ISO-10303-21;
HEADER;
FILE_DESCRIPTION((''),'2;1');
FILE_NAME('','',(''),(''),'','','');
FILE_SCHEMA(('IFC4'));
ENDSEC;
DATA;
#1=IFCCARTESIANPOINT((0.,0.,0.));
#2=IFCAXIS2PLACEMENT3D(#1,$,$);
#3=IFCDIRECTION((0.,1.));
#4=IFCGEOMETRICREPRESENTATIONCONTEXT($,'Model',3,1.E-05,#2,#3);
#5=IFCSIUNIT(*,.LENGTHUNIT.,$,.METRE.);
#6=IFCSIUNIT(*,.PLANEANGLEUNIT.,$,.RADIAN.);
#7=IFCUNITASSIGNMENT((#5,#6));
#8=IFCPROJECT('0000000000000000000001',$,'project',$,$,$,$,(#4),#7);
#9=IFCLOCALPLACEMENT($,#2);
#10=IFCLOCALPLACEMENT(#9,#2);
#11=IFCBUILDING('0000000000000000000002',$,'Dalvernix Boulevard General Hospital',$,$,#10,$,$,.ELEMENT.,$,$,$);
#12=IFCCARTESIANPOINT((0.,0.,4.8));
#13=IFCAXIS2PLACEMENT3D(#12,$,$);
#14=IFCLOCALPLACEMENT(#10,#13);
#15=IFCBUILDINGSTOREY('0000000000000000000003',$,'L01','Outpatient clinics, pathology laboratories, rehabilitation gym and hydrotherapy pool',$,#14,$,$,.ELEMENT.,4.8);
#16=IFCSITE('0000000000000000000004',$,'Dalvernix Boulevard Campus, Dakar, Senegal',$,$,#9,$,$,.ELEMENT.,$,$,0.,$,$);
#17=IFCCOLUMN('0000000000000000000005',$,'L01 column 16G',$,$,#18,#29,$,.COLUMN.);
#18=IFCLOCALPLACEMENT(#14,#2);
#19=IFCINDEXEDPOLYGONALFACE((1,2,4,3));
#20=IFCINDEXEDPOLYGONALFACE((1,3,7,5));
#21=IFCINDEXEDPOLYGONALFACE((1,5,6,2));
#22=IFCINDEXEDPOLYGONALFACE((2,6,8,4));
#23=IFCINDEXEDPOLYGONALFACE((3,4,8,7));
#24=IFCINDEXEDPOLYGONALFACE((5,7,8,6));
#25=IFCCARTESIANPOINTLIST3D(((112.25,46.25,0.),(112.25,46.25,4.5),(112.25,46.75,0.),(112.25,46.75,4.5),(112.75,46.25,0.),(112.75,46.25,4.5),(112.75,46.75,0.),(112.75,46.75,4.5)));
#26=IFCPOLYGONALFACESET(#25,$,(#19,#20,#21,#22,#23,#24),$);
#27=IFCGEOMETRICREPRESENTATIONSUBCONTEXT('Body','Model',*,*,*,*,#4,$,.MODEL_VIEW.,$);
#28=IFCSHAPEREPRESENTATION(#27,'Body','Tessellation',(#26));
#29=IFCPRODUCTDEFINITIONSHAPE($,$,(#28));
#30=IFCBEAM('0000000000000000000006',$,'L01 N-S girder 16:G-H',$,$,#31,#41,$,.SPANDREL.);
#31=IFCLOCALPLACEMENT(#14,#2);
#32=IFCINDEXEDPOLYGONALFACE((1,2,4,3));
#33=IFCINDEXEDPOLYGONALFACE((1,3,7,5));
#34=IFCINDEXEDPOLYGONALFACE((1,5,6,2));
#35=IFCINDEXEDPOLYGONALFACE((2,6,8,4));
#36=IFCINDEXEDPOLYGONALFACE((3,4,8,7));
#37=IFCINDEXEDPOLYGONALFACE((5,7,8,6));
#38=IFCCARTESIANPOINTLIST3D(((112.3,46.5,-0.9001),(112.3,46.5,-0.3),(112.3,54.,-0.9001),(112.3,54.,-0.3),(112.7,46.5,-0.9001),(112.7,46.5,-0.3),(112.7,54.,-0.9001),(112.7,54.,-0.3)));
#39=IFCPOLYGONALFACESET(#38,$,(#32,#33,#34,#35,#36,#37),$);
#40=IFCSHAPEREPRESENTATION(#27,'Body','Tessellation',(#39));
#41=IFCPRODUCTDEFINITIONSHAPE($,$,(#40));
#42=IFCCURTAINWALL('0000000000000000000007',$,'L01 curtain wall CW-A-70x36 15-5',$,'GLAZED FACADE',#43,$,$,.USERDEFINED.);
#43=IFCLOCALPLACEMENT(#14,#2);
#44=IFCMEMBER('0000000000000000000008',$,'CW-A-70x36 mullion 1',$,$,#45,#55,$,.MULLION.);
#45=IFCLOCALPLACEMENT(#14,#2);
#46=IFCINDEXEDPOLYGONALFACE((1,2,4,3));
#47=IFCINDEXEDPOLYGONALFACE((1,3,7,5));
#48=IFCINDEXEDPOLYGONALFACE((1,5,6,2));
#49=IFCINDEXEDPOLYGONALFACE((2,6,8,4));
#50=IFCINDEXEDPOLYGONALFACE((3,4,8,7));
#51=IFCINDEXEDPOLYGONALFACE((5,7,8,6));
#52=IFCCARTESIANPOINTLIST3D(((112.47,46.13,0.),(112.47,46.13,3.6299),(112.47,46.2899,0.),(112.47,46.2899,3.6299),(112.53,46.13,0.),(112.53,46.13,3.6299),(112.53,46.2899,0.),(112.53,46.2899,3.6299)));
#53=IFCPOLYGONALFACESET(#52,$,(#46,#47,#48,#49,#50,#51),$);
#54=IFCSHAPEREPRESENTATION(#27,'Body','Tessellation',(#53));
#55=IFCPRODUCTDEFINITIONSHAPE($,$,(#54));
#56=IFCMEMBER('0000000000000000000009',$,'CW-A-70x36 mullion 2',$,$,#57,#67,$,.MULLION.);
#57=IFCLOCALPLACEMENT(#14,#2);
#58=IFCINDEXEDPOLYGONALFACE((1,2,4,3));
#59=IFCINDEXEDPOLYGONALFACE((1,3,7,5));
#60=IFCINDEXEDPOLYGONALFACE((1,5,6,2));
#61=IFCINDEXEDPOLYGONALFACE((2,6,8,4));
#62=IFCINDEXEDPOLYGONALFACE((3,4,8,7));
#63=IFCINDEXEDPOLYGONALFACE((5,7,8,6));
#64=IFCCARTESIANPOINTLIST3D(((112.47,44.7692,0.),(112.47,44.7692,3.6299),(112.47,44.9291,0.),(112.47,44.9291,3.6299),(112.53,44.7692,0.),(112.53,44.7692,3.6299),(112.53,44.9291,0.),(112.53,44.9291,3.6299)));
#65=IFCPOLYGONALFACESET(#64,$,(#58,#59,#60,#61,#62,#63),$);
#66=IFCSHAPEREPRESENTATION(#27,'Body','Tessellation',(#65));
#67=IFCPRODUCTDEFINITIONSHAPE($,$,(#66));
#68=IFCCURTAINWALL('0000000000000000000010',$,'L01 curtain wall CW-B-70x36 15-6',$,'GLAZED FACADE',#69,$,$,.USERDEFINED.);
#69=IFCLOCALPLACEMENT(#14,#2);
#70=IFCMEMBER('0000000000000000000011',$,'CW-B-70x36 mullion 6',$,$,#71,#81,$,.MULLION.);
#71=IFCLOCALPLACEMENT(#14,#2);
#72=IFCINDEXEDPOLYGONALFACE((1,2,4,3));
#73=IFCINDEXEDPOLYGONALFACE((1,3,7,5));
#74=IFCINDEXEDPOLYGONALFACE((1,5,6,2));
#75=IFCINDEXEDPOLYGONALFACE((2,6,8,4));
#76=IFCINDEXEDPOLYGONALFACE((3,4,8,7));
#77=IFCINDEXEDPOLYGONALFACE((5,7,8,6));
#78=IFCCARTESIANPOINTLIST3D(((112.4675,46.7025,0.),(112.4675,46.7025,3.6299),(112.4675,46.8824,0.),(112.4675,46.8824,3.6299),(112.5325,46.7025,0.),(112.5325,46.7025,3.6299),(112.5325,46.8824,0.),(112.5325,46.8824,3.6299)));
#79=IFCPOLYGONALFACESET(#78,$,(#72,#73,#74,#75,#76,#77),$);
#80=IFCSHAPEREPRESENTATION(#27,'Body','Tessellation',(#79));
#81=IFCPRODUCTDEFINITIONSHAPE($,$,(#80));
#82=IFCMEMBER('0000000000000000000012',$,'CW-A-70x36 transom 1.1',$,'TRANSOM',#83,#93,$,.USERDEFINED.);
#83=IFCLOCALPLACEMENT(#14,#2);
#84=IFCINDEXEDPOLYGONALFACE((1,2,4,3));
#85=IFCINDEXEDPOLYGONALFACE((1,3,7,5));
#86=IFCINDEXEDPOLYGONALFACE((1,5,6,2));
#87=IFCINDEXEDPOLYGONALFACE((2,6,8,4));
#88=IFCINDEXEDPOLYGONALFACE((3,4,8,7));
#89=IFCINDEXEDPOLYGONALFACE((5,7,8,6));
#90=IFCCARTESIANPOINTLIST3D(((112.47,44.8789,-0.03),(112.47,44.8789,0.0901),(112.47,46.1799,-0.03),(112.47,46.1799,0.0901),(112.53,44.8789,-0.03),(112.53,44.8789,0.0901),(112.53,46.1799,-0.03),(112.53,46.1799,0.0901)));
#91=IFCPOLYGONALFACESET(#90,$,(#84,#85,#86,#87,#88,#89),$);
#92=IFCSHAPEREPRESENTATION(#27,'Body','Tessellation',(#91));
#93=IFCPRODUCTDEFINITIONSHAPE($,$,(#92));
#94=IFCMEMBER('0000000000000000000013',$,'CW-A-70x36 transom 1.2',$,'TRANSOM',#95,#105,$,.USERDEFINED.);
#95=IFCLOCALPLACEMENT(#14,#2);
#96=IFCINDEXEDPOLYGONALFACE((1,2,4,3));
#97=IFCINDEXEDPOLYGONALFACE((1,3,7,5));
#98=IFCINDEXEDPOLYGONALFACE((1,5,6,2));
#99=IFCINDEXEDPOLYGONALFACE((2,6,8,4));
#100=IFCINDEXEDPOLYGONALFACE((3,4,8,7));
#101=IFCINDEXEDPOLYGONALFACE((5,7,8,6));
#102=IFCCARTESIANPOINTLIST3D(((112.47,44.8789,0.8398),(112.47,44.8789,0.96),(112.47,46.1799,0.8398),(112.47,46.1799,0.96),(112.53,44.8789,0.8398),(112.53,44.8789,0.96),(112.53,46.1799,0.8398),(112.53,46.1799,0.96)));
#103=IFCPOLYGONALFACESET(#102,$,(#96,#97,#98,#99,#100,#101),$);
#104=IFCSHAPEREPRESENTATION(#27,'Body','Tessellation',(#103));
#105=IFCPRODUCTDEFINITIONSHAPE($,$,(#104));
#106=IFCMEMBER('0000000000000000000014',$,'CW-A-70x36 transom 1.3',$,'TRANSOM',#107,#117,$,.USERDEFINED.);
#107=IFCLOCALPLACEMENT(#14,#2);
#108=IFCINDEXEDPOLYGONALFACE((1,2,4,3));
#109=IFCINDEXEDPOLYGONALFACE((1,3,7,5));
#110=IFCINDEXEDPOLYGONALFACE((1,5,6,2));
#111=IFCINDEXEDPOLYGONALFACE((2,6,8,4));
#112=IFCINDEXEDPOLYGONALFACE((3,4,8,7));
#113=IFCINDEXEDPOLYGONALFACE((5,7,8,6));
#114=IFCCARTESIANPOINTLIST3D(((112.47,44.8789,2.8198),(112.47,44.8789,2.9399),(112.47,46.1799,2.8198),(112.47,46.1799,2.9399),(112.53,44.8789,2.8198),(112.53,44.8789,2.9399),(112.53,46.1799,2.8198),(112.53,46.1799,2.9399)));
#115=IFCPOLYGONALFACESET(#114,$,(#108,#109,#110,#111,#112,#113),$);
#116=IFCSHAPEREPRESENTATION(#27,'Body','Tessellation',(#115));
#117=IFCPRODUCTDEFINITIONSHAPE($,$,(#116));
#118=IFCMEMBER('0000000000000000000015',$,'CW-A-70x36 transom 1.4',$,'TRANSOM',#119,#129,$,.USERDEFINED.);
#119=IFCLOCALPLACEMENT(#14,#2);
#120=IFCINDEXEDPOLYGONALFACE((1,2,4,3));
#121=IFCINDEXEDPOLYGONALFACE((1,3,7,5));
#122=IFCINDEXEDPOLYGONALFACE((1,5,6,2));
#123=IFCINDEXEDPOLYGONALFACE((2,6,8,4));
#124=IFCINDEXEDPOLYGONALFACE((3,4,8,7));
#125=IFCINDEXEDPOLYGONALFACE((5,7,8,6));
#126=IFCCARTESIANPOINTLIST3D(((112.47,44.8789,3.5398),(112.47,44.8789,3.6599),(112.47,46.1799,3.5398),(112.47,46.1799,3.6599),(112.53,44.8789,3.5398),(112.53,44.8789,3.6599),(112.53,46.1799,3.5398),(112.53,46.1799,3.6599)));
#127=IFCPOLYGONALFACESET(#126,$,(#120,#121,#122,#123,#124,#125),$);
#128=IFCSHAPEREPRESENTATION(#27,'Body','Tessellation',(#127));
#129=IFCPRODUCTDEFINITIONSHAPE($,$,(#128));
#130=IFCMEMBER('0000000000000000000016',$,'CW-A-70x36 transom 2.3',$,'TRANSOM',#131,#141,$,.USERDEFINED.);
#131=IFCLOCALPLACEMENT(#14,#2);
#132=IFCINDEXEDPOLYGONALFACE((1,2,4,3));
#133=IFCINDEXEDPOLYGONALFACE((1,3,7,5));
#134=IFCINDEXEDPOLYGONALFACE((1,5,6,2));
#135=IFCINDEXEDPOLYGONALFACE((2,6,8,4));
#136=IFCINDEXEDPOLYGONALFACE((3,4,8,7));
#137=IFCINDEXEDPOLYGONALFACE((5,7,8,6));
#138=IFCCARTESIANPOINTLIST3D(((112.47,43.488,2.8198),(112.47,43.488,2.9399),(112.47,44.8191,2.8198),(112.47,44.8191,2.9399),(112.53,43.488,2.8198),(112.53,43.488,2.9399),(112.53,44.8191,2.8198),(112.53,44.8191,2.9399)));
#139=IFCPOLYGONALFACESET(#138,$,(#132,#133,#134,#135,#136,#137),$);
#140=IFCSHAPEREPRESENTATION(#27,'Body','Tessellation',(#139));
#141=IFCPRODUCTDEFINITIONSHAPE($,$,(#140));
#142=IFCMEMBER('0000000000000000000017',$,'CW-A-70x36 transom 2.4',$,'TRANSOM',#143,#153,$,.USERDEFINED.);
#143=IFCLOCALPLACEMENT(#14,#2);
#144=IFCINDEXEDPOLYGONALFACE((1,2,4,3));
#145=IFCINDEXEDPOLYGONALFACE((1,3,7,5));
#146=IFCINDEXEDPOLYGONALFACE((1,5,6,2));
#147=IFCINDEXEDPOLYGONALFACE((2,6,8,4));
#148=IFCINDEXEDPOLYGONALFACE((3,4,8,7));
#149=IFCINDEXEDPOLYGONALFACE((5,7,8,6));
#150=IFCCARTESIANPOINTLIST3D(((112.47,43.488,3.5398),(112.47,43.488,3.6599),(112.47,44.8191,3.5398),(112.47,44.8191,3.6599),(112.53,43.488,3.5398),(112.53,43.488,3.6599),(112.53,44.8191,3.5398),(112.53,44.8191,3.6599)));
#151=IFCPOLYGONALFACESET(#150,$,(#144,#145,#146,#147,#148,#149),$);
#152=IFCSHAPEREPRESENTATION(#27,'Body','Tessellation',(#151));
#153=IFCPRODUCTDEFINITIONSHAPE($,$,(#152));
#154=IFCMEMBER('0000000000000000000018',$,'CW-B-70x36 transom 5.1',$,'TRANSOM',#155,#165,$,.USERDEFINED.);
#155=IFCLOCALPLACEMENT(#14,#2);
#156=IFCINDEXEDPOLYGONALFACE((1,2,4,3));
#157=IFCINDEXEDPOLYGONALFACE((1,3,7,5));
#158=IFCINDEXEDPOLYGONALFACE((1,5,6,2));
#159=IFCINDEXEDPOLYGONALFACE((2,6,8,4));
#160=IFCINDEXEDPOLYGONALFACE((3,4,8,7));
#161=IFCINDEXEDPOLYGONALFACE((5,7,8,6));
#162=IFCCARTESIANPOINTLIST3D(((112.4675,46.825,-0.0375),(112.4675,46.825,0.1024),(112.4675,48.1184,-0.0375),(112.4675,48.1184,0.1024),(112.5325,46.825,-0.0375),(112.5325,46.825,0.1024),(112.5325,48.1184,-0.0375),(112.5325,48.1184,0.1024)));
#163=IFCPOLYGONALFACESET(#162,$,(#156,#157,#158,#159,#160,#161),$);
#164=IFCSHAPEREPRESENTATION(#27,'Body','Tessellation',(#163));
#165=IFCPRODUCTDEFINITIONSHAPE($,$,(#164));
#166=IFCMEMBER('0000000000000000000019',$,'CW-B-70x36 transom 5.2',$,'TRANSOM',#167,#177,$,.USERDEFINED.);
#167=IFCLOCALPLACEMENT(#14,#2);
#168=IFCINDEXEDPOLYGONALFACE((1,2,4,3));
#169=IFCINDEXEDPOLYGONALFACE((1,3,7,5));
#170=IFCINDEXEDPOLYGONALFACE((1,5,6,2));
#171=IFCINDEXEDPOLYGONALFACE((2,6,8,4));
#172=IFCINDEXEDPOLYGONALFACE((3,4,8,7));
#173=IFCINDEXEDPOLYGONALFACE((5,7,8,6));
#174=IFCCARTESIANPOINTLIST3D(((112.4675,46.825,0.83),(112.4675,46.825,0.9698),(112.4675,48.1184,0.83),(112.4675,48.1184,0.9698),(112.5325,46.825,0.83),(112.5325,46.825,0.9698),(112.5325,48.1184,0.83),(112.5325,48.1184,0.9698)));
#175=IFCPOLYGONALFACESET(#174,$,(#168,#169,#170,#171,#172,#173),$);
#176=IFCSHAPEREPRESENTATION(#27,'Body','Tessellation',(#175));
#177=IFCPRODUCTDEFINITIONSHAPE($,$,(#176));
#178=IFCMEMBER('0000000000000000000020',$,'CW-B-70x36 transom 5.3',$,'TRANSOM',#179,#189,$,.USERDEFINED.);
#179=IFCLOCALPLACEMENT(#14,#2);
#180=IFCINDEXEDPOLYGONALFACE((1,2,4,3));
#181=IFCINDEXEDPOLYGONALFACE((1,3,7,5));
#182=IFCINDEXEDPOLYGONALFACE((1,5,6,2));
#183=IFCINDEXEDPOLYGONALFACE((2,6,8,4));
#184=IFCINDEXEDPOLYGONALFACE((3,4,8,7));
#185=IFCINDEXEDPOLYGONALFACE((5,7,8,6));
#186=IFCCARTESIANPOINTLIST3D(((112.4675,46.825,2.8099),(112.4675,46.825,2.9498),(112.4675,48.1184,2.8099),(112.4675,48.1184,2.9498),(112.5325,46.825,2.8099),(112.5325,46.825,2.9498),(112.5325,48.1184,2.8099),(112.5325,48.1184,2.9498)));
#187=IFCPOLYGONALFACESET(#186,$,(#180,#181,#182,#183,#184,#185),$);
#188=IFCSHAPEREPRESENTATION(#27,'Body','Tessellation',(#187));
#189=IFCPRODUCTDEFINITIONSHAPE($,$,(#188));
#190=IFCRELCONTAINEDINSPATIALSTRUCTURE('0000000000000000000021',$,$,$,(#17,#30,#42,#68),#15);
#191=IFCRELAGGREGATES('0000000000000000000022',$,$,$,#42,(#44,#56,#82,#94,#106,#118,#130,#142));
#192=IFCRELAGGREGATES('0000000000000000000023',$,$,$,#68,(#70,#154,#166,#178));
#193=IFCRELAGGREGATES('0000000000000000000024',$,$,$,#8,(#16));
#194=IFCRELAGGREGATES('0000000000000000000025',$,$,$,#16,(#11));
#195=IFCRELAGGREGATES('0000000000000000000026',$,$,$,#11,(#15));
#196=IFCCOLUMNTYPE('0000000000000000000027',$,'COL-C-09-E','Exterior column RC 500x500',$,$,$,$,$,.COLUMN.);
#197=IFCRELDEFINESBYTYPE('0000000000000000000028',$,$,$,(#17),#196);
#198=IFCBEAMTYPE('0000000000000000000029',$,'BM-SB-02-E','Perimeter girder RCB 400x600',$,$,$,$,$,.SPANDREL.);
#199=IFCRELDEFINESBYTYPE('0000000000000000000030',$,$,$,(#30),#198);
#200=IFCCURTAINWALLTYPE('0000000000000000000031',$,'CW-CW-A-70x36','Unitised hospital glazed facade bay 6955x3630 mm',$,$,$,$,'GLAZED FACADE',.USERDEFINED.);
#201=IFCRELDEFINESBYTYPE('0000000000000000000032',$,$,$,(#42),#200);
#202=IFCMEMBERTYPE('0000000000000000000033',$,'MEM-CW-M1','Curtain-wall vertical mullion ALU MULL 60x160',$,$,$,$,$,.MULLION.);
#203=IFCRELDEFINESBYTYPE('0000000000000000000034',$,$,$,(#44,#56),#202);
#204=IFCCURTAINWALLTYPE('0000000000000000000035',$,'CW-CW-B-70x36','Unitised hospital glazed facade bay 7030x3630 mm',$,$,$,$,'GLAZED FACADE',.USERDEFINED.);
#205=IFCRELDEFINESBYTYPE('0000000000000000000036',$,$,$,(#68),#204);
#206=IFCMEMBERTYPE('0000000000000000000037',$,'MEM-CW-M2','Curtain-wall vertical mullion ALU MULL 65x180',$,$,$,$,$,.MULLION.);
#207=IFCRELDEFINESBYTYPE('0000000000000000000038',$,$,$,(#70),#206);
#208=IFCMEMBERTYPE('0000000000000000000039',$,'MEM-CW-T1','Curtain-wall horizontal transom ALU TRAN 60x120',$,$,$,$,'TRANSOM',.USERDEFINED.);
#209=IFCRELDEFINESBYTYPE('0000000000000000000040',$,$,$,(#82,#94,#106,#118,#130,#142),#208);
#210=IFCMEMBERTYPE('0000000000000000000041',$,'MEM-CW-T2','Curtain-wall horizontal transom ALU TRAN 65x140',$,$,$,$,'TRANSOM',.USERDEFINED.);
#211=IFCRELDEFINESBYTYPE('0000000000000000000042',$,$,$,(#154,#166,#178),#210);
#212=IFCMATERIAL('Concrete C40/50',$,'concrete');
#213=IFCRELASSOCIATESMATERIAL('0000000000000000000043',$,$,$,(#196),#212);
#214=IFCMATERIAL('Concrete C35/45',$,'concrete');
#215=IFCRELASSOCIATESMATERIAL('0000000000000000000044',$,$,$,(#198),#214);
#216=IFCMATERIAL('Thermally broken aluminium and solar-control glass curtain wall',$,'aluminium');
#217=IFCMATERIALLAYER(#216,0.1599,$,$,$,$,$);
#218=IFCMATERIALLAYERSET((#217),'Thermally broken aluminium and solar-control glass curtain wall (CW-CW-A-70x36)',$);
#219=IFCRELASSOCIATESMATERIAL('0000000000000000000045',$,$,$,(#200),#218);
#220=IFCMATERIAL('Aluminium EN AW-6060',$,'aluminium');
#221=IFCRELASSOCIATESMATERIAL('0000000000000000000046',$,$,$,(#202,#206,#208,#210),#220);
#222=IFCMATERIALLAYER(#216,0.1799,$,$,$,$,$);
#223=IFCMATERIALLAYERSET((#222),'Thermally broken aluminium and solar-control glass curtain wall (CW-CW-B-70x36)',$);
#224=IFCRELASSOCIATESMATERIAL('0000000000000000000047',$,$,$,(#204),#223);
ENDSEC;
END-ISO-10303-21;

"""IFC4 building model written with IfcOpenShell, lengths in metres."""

from ifc_helpers import new_model, si_unit, direction, frame, origin, origin_2d, place, context, subcontext, project, spatial, rectangle, extrude, material, layer, layer_set, material_profile, profile_set, type_object, element, aggregate, save


model = new_model("IFC4")

# Units and contexts
model_context = context("Model", 3, precision=1e-05, world=origin(), true_north=direction((0.0, 1.0)))
body_context = subcontext(model_context, "Body", "Model", "MODEL_VIEW")
ifc_project = project(units=[si_unit("LENGTHUNIT", "METRE"), si_unit("PLANEANGLEUNIT", "RADIAN")], contexts=[model_context])

# Site, building, storey
site_placement = place(None, origin())
site = spatial("IfcSite", under=ifc_project, at=site_placement, Name="Dalvernix Boulevard Campus, Dakar, Senegal", CompositionType="ELEMENT", RefElevation=0.0)
building_placement = place(site_placement, origin())
building = spatial("IfcBuilding", under=site, at=building_placement, Name="Dalvernix Boulevard General Hospital", CompositionType="ELEMENT")
storey_placement = place(building_placement, frame((0.0, 0.0, 4.8)))
storey = spatial("IfcBuildingStorey", under=building, at=storey_placement, Name="L01", Description="Outpatient clinics, pathology laboratories, rehabilitation gym and hydrotherapy pool", CompositionType="ELEMENT", Elevation=4.8)

# Column
ifc_material_1 = material(Name="Concrete C40/50", Category="concrete")
ifc_material_profile_1 = material_profile(ifc_material_1, rectangle(XDim=0.5, YDim=0.5, at=origin_2d()), Name="RC 500x500")
ifc_profile_set_1 = profile_set([ifc_material_profile_1], Name="Concrete C40/50")
column_type = type_object("IfcColumnType", Name="COL-C-09-E", Description="Exterior column RC 500x500", PredefinedType="COLUMN", material=ifc_profile_set_1)
column_placement = place(storey_placement, frame((112.5, 46.5, 0.0), z_axis=(0.0, 0.0, 1.0), x_axis=(1.0, 0.0, 0.0)))
element("IfcColumn", 1, at=column_placement, inside=storey, type_object=column_type, Name="L01 column 16G", PredefinedType="COLUMN", context=body_context, shape_type="SweptSolid", body=[
    extrude(rectangle(XDim=0.5, YDim=0.5, at=origin_2d()), origin(), (0.0, 0.0, 1.0), 4.5),
])

# Beam
ifc_material_2 = material(Name="Concrete C35/45", Category="concrete")
ifc_material_profile_2 = material_profile(ifc_material_2, rectangle(XDim=0.3999, YDim=0.6001, at=origin_2d()), Name="RCB 400x600")
ifc_profile_set_2 = profile_set([ifc_material_profile_2], Name="Concrete C35/45")
beam_type = type_object("IfcBeamType", Name="BM-SB-02-E", Description="Perimeter girder RCB 400x600", PredefinedType="SPANDREL", material=ifc_profile_set_2)
beam_placement = place(storey_placement, frame((112.5, 46.5, -0.6001), z_axis=(0.0, 1.0, 0.0), x_axis=(-1.0, 0.0, 0.0)))
element("IfcBeam", 2, at=beam_placement, inside=storey, type_object=beam_type, Name="L01 N-S girder 16:G-H", PredefinedType="SPANDREL", context=body_context, shape_type="SweptSolid", body=[
    extrude(rectangle(XDim=0.3999, YDim=0.6001, at=origin_2d()), origin(), (0.0, 0.0, 1.0), 7.5),
])

# Curtain wall, members
ifc_material_3 = material(Name="Thermally broken aluminium and solar-control glass curtain wall", Category="aluminium")
ifc_layer_1 = layer(ifc_material_3, 0.1599)
ifc_layer_set_1 = layer_set([ifc_layer_1], Name="Thermally broken aluminium and solar-control glass curtain wall (CW-CW-A-70x36)")
curtain_wall_type_1 = type_object("IfcCurtainWallType", Name="CW-CW-A-70x36", Description="Unitised hospital glazed facade bay 6955x3630 mm", ElementType="GLAZED FACADE", PredefinedType="USERDEFINED", material=ifc_layer_set_1)
curtain_wall_1_placement = place(storey_placement, origin())
curtain_wall_1 = element("IfcCurtainWall", 3, at=curtain_wall_1_placement, inside=storey, type_object=curtain_wall_type_1, Name="L01 curtain wall CW-A-70x36 15-5", ObjectType="GLAZED FACADE", PredefinedType="USERDEFINED")
ifc_material_4 = material(Name="Aluminium EN AW-6060", Category="aluminium")
ifc_material_profile_3 = material_profile(ifc_material_4, rectangle(XDim=0.0601, YDim=0.1599, at=origin_2d()), Name="ALU MULL 60x160")
ifc_profile_set_3 = profile_set([ifc_material_profile_3], Name="Aluminium EN AW-6060")
member_type_1 = type_object("IfcMemberType", Name="MEM-CW-M1", Description="Curtain-wall vertical mullion ALU MULL 60x160", PredefinedType="MULLION", material=ifc_profile_set_3)
member_1_placement = place(storey_placement, frame((112.5, 46.21, 0.0), z_axis=(0.0, 0.0, 1.0), x_axis=(1.0, 0.0, 0.0)))
member_1 = element("IfcMember", 4, at=member_1_placement, type_object=member_type_1, Name="CW-A-70x36 mullion 1", PredefinedType="MULLION", context=body_context, shape_type="SweptSolid", body=[
    extrude(rectangle(XDim=0.0601, YDim=0.1599, at=origin_2d()), origin(), (0.0, 0.0, 1.0), 3.6299),
])
member_2_placement = place(storey_placement, frame((112.5, 44.8491, 0.0), z_axis=(0.0, 0.0, 1.0), x_axis=(1.0, 0.0, 0.0)))
member_2 = element("IfcMember", 5, at=member_2_placement, type_object=member_type_1, Name="CW-A-70x36 mullion 2", PredefinedType="MULLION", context=body_context, shape_type="SweptSolid", body=[
    extrude(rectangle(XDim=0.0601, YDim=0.1599, at=origin_2d()), origin(), (0.0, 0.0, 1.0), 3.6299),
])

# Curtain wall, member
ifc_layer_2 = layer(ifc_material_3, 0.1799)
ifc_layer_set_2 = layer_set([ifc_layer_2], Name="Thermally broken aluminium and solar-control glass curtain wall (CW-CW-B-70x36)")
curtain_wall_type_2 = type_object("IfcCurtainWallType", Name="CW-CW-B-70x36", Description="Unitised hospital glazed facade bay 7030x3630 mm", ElementType="GLAZED FACADE", PredefinedType="USERDEFINED", material=ifc_layer_set_2)
curtain_wall_2_placement = place(storey_placement, origin())
curtain_wall_2 = element("IfcCurtainWall", 6, at=curtain_wall_2_placement, inside=storey, type_object=curtain_wall_type_2, Name="L01 curtain wall CW-B-70x36 15-6", ObjectType="GLAZED FACADE", PredefinedType="USERDEFINED")
ifc_material_profile_4 = material_profile(ifc_material_4, rectangle(XDim=0.0649, YDim=0.1799, at=origin_2d()), Name="ALU MULL 65x180")
ifc_profile_set_4 = profile_set([ifc_material_profile_4], Name="Aluminium EN AW-6060")
member_type_2 = type_object("IfcMemberType", Name="MEM-CW-M2", Description="Curtain-wall vertical mullion ALU MULL 65x180", PredefinedType="MULLION", material=ifc_profile_set_4)
member_3_placement = place(storey_placement, frame((112.5, 46.7925, 0.0), z_axis=(0.0, 0.0, 1.0), x_axis=(1.0, 0.0, 0.0)))
member_3 = element("IfcMember", 7, at=member_3_placement, type_object=member_type_2, Name="CW-B-70x36 mullion 6", PredefinedType="MULLION", context=body_context, shape_type="SweptSolid", body=[
    extrude(rectangle(XDim=0.0649, YDim=0.1799, at=origin_2d()), origin(), (0.0, 0.0, 1.0), 3.6299),
])

# Members
ifc_material_profile_5 = material_profile(ifc_material_4, rectangle(XDim=0.0601, YDim=0.1201, at=origin_2d()), Name="ALU TRAN 60x120")
ifc_profile_set_5 = profile_set([ifc_material_profile_5], Name="Aluminium EN AW-6060")
member_type_3 = type_object("IfcMemberType", Name="MEM-CW-T1", Description="Curtain-wall horizontal transom ALU TRAN 60x120", ElementType="TRANSOM", PredefinedType="USERDEFINED", material=ifc_profile_set_5)
member_4_placement = place(storey_placement, frame((112.5, 46.1799, 0.03), z_axis=(0.0, -1.0, 0.0), x_axis=(1.0, 0.0, 0.0)))
member_4 = element("IfcMember", 8, at=member_4_placement, type_object=member_type_3, Name="CW-A-70x36 transom 1.1", ObjectType="TRANSOM", PredefinedType="USERDEFINED", context=body_context, shape_type="SweptSolid", body=[
    extrude(rectangle(XDim=0.0601, YDim=0.1201, at=origin_2d()), origin(), (0.0, 0.0, 1.0), 1.301),
])
member_5_placement = place(storey_placement, frame((112.5, 46.1799, 0.8999), z_axis=(0.0, -1.0, 0.0), x_axis=(1.0, 0.0, 0.0)))
member_5 = element("IfcMember", 9, at=member_5_placement, type_object=member_type_3, Name="CW-A-70x36 transom 1.2", ObjectType="TRANSOM", PredefinedType="USERDEFINED", context=body_context, shape_type="SweptSolid", body=[
    extrude(rectangle(XDim=0.0601, YDim=0.1201, at=origin_2d()), origin(), (0.0, 0.0, 1.0), 1.301),
])
member_6_placement = place(storey_placement, frame((112.5, 46.1799, 2.8799), z_axis=(0.0, -1.0, 0.0), x_axis=(1.0, 0.0, 0.0)))
member_6 = element("IfcMember", 10, at=member_6_placement, type_object=member_type_3, Name="CW-A-70x36 transom 1.3", ObjectType="TRANSOM", PredefinedType="USERDEFINED", context=body_context, shape_type="SweptSolid", body=[
    extrude(rectangle(XDim=0.0601, YDim=0.1201, at=origin_2d()), origin(), (0.0, 0.0, 1.0), 1.301),
])
member_7_placement = place(storey_placement, frame((112.5, 46.1799, 3.5999), z_axis=(0.0, -1.0, 0.0), x_axis=(1.0, 0.0, 0.0)))
member_7 = element("IfcMember", 11, at=member_7_placement, type_object=member_type_3, Name="CW-A-70x36 transom 1.4", ObjectType="TRANSOM", PredefinedType="USERDEFINED", context=body_context, shape_type="SweptSolid", body=[
    extrude(rectangle(XDim=0.0601, YDim=0.1201, at=origin_2d()), origin(), (0.0, 0.0, 1.0), 1.301),
])
member_8_placement = place(storey_placement, frame((112.5, 44.8191, 2.8799), z_axis=(0.0, -1.0, 0.0), x_axis=(1.0, 0.0, 0.0)))
member_8 = element("IfcMember", 12, at=member_8_placement, type_object=member_type_3, Name="CW-A-70x36 transom 2.3", ObjectType="TRANSOM", PredefinedType="USERDEFINED", context=body_context, shape_type="SweptSolid", body=[
    extrude(rectangle(XDim=0.0601, YDim=0.1201, at=origin_2d()), origin(), (0.0, 0.0, 1.0), 1.3311),
])
member_9_placement = place(storey_placement, frame((112.5, 44.8191, 3.5999), z_axis=(0.0, -1.0, 0.0), x_axis=(1.0, 0.0, 0.0)))
member_9 = element("IfcMember", 13, at=member_9_placement, type_object=member_type_3, Name="CW-A-70x36 transom 2.4", ObjectType="TRANSOM", PredefinedType="USERDEFINED", context=body_context, shape_type="SweptSolid", body=[
    extrude(rectangle(XDim=0.0601, YDim=0.1201, at=origin_2d()), origin(), (0.0, 0.0, 1.0), 1.3311),
])
ifc_material_profile_6 = material_profile(ifc_material_4, rectangle(XDim=0.0649, YDim=0.1399, at=origin_2d()), Name="ALU TRAN 65x140")
ifc_profile_set_6 = profile_set([ifc_material_profile_6], Name="Aluminium EN AW-6060")
member_type_4 = type_object("IfcMemberType", Name="MEM-CW-T2", Description="Curtain-wall horizontal transom ALU TRAN 65x140", ElementType="TRANSOM", PredefinedType="USERDEFINED", material=ifc_profile_set_6)
member_10_placement = place(storey_placement, frame((112.5, 48.1184, 0.0325), z_axis=(0.0, -1.0, 0.0), x_axis=(1.0, 0.0, 0.0)))
member_10 = element("IfcMember", 14, at=member_10_placement, type_object=member_type_4, Name="CW-B-70x36 transom 5.1", ObjectType="TRANSOM", PredefinedType="USERDEFINED", context=body_context, shape_type="SweptSolid", body=[
    extrude(rectangle(XDim=0.0649, YDim=0.1399, at=origin_2d()), origin(), (0.0, 0.0, 1.0), 1.2935),
])
member_11_placement = place(storey_placement, frame((112.5, 48.1184, 0.8999), z_axis=(0.0, -1.0, 0.0), x_axis=(1.0, 0.0, 0.0)))
member_11 = element("IfcMember", 15, at=member_11_placement, type_object=member_type_4, Name="CW-B-70x36 transom 5.2", ObjectType="TRANSOM", PredefinedType="USERDEFINED", context=body_context, shape_type="SweptSolid", body=[
    extrude(rectangle(XDim=0.0649, YDim=0.1399, at=origin_2d()), origin(), (0.0, 0.0, 1.0), 1.2935),
])
member_12_placement = place(storey_placement, frame((112.5, 48.1184, 2.8799), z_axis=(0.0, -1.0, 0.0), x_axis=(1.0, 0.0, 0.0)))
member_12 = element("IfcMember", 16, at=member_12_placement, type_object=member_type_4, Name="CW-B-70x36 transom 5.3", ObjectType="TRANSOM", PredefinedType="USERDEFINED", context=body_context, shape_type="SweptSolid", body=[
    extrude(rectangle(XDim=0.0649, YDim=0.1399, at=origin_2d()), origin(), (0.0, 0.0, 1.0), 1.2935),
])

aggregate(curtain_wall_1, [member_1, member_2, member_4, member_5, member_6, member_7, member_8, member_9])
aggregate(curtain_wall_2, [member_3, member_10, member_11, member_12])

save(model, "model.ifc")
